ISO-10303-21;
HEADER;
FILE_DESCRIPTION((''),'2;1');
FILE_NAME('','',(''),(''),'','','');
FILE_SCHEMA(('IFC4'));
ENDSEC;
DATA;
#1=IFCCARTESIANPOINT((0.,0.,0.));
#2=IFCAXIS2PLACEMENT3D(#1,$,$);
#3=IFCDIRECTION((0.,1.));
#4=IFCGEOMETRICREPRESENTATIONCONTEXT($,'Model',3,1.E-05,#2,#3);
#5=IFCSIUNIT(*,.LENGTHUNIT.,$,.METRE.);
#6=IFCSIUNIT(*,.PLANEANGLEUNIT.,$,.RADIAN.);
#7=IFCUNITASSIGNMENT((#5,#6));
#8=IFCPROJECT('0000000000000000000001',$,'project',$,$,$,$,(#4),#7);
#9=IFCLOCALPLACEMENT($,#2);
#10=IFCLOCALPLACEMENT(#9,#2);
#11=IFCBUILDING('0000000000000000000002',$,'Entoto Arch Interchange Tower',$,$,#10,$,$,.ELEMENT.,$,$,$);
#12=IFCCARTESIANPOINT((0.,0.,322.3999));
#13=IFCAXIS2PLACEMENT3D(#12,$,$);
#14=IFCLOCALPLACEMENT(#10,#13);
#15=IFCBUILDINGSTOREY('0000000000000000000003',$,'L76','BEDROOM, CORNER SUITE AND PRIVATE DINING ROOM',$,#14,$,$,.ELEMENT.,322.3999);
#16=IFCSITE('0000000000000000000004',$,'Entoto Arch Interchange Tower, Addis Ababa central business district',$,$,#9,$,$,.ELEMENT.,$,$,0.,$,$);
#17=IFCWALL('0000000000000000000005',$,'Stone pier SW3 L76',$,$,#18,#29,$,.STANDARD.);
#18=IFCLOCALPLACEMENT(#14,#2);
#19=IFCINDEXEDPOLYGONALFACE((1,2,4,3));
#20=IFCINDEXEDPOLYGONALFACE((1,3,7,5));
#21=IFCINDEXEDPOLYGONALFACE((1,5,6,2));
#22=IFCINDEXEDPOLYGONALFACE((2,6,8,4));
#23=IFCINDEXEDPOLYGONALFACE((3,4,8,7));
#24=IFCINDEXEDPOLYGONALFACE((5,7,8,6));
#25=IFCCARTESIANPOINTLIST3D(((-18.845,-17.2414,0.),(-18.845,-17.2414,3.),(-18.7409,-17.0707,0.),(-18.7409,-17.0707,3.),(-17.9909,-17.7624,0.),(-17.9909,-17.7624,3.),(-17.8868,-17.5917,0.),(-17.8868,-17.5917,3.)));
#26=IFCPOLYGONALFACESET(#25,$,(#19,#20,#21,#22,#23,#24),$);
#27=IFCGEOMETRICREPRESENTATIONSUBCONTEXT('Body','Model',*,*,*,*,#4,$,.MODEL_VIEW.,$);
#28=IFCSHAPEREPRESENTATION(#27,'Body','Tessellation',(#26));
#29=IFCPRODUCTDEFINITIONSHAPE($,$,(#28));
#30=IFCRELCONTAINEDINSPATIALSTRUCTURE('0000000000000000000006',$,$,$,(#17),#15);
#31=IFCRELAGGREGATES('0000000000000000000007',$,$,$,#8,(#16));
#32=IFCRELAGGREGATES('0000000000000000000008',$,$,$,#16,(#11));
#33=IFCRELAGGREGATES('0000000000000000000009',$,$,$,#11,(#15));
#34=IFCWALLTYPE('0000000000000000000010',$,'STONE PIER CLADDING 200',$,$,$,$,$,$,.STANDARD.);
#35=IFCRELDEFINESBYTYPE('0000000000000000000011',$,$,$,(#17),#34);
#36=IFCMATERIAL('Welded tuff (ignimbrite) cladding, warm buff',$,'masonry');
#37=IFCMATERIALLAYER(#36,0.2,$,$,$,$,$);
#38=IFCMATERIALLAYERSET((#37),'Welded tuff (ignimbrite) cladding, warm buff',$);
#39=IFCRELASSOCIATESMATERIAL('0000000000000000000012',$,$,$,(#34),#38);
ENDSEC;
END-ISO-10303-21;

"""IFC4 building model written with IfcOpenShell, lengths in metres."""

from ifc_helpers import new_model, si_unit, direction, frame, frame_2d, origin, place, context, subcontext, project, spatial, rectangle, extrude, material, layer, layer_set, type_object, element, save


model = new_model("IFC4")

# Units and contexts
model_context = context("Model", 3, precision=1e-05, world=origin(), true_north=direction((0.0, 1.0)))
body_context = subcontext(model_context, "Body", "Model", "MODEL_VIEW")
ifc_project = project(units=[si_unit("LENGTHUNIT", "METRE"), si_unit("PLANEANGLEUNIT", "RADIAN")], contexts=[model_context])

# Site, building, storey
site_placement = place(None, origin())
site = spatial("IfcSite", under=ifc_project, at=site_placement, Name="Entoto Arch Interchange Tower, Addis Ababa central business district", CompositionType="ELEMENT", RefElevation=0.0)
building_placement = place(site_placement, origin())
building = spatial("IfcBuilding", under=site, at=building_placement, Name="Entoto Arch Interchange Tower", CompositionType="ELEMENT")
storey_placement = place(building_placement, frame((0.0, 0.0, 322.3999)))
storey = spatial("IfcBuildingStorey", under=building, at=storey_placement, Name="L76", Description="BEDROOM, CORNER SUITE AND PRIVATE DINING ROOM", CompositionType="ELEMENT", Elevation=322.3999)

# Shared definitions
ifc_material_1 = material(Name="Welded tuff (ignimbrite) cladding, warm buff", Category="masonry")

# Wall
ifc_layer_1 = layer(ifc_material_1, 0.2)
ifc_layer_set_1 = layer_set([ifc_layer_1], Name="Welded tuff (ignimbrite) cladding, warm buff")
wall_type_1 = type_object("IfcWallType", Name="STONE PIER CLADDING 200", PredefinedType="STANDARD", material=ifc_layer_set_1)
wall_1_placement = place(storey_placement, frame((-18.793, -17.156, 0.0), z_axis=(0.0, 0.0, 1.0), x_axis=(0.85368, -0.520798, 0.0)))
element("IfcWall", 1, at=wall_1_placement, inside=storey, type_object=wall_type_1, Name="Stone pier SW3 L76", PredefinedType="STANDARD", context=body_context, shape_type="SweptSolid", body=[
    extrude(rectangle(XDim=1.0005, YDim=0.2, at=frame_2d((0.5002, 0.0))), origin(), (0.0, 0.0, 1.0), 3.0),
])

save(model, "model.ifc")
